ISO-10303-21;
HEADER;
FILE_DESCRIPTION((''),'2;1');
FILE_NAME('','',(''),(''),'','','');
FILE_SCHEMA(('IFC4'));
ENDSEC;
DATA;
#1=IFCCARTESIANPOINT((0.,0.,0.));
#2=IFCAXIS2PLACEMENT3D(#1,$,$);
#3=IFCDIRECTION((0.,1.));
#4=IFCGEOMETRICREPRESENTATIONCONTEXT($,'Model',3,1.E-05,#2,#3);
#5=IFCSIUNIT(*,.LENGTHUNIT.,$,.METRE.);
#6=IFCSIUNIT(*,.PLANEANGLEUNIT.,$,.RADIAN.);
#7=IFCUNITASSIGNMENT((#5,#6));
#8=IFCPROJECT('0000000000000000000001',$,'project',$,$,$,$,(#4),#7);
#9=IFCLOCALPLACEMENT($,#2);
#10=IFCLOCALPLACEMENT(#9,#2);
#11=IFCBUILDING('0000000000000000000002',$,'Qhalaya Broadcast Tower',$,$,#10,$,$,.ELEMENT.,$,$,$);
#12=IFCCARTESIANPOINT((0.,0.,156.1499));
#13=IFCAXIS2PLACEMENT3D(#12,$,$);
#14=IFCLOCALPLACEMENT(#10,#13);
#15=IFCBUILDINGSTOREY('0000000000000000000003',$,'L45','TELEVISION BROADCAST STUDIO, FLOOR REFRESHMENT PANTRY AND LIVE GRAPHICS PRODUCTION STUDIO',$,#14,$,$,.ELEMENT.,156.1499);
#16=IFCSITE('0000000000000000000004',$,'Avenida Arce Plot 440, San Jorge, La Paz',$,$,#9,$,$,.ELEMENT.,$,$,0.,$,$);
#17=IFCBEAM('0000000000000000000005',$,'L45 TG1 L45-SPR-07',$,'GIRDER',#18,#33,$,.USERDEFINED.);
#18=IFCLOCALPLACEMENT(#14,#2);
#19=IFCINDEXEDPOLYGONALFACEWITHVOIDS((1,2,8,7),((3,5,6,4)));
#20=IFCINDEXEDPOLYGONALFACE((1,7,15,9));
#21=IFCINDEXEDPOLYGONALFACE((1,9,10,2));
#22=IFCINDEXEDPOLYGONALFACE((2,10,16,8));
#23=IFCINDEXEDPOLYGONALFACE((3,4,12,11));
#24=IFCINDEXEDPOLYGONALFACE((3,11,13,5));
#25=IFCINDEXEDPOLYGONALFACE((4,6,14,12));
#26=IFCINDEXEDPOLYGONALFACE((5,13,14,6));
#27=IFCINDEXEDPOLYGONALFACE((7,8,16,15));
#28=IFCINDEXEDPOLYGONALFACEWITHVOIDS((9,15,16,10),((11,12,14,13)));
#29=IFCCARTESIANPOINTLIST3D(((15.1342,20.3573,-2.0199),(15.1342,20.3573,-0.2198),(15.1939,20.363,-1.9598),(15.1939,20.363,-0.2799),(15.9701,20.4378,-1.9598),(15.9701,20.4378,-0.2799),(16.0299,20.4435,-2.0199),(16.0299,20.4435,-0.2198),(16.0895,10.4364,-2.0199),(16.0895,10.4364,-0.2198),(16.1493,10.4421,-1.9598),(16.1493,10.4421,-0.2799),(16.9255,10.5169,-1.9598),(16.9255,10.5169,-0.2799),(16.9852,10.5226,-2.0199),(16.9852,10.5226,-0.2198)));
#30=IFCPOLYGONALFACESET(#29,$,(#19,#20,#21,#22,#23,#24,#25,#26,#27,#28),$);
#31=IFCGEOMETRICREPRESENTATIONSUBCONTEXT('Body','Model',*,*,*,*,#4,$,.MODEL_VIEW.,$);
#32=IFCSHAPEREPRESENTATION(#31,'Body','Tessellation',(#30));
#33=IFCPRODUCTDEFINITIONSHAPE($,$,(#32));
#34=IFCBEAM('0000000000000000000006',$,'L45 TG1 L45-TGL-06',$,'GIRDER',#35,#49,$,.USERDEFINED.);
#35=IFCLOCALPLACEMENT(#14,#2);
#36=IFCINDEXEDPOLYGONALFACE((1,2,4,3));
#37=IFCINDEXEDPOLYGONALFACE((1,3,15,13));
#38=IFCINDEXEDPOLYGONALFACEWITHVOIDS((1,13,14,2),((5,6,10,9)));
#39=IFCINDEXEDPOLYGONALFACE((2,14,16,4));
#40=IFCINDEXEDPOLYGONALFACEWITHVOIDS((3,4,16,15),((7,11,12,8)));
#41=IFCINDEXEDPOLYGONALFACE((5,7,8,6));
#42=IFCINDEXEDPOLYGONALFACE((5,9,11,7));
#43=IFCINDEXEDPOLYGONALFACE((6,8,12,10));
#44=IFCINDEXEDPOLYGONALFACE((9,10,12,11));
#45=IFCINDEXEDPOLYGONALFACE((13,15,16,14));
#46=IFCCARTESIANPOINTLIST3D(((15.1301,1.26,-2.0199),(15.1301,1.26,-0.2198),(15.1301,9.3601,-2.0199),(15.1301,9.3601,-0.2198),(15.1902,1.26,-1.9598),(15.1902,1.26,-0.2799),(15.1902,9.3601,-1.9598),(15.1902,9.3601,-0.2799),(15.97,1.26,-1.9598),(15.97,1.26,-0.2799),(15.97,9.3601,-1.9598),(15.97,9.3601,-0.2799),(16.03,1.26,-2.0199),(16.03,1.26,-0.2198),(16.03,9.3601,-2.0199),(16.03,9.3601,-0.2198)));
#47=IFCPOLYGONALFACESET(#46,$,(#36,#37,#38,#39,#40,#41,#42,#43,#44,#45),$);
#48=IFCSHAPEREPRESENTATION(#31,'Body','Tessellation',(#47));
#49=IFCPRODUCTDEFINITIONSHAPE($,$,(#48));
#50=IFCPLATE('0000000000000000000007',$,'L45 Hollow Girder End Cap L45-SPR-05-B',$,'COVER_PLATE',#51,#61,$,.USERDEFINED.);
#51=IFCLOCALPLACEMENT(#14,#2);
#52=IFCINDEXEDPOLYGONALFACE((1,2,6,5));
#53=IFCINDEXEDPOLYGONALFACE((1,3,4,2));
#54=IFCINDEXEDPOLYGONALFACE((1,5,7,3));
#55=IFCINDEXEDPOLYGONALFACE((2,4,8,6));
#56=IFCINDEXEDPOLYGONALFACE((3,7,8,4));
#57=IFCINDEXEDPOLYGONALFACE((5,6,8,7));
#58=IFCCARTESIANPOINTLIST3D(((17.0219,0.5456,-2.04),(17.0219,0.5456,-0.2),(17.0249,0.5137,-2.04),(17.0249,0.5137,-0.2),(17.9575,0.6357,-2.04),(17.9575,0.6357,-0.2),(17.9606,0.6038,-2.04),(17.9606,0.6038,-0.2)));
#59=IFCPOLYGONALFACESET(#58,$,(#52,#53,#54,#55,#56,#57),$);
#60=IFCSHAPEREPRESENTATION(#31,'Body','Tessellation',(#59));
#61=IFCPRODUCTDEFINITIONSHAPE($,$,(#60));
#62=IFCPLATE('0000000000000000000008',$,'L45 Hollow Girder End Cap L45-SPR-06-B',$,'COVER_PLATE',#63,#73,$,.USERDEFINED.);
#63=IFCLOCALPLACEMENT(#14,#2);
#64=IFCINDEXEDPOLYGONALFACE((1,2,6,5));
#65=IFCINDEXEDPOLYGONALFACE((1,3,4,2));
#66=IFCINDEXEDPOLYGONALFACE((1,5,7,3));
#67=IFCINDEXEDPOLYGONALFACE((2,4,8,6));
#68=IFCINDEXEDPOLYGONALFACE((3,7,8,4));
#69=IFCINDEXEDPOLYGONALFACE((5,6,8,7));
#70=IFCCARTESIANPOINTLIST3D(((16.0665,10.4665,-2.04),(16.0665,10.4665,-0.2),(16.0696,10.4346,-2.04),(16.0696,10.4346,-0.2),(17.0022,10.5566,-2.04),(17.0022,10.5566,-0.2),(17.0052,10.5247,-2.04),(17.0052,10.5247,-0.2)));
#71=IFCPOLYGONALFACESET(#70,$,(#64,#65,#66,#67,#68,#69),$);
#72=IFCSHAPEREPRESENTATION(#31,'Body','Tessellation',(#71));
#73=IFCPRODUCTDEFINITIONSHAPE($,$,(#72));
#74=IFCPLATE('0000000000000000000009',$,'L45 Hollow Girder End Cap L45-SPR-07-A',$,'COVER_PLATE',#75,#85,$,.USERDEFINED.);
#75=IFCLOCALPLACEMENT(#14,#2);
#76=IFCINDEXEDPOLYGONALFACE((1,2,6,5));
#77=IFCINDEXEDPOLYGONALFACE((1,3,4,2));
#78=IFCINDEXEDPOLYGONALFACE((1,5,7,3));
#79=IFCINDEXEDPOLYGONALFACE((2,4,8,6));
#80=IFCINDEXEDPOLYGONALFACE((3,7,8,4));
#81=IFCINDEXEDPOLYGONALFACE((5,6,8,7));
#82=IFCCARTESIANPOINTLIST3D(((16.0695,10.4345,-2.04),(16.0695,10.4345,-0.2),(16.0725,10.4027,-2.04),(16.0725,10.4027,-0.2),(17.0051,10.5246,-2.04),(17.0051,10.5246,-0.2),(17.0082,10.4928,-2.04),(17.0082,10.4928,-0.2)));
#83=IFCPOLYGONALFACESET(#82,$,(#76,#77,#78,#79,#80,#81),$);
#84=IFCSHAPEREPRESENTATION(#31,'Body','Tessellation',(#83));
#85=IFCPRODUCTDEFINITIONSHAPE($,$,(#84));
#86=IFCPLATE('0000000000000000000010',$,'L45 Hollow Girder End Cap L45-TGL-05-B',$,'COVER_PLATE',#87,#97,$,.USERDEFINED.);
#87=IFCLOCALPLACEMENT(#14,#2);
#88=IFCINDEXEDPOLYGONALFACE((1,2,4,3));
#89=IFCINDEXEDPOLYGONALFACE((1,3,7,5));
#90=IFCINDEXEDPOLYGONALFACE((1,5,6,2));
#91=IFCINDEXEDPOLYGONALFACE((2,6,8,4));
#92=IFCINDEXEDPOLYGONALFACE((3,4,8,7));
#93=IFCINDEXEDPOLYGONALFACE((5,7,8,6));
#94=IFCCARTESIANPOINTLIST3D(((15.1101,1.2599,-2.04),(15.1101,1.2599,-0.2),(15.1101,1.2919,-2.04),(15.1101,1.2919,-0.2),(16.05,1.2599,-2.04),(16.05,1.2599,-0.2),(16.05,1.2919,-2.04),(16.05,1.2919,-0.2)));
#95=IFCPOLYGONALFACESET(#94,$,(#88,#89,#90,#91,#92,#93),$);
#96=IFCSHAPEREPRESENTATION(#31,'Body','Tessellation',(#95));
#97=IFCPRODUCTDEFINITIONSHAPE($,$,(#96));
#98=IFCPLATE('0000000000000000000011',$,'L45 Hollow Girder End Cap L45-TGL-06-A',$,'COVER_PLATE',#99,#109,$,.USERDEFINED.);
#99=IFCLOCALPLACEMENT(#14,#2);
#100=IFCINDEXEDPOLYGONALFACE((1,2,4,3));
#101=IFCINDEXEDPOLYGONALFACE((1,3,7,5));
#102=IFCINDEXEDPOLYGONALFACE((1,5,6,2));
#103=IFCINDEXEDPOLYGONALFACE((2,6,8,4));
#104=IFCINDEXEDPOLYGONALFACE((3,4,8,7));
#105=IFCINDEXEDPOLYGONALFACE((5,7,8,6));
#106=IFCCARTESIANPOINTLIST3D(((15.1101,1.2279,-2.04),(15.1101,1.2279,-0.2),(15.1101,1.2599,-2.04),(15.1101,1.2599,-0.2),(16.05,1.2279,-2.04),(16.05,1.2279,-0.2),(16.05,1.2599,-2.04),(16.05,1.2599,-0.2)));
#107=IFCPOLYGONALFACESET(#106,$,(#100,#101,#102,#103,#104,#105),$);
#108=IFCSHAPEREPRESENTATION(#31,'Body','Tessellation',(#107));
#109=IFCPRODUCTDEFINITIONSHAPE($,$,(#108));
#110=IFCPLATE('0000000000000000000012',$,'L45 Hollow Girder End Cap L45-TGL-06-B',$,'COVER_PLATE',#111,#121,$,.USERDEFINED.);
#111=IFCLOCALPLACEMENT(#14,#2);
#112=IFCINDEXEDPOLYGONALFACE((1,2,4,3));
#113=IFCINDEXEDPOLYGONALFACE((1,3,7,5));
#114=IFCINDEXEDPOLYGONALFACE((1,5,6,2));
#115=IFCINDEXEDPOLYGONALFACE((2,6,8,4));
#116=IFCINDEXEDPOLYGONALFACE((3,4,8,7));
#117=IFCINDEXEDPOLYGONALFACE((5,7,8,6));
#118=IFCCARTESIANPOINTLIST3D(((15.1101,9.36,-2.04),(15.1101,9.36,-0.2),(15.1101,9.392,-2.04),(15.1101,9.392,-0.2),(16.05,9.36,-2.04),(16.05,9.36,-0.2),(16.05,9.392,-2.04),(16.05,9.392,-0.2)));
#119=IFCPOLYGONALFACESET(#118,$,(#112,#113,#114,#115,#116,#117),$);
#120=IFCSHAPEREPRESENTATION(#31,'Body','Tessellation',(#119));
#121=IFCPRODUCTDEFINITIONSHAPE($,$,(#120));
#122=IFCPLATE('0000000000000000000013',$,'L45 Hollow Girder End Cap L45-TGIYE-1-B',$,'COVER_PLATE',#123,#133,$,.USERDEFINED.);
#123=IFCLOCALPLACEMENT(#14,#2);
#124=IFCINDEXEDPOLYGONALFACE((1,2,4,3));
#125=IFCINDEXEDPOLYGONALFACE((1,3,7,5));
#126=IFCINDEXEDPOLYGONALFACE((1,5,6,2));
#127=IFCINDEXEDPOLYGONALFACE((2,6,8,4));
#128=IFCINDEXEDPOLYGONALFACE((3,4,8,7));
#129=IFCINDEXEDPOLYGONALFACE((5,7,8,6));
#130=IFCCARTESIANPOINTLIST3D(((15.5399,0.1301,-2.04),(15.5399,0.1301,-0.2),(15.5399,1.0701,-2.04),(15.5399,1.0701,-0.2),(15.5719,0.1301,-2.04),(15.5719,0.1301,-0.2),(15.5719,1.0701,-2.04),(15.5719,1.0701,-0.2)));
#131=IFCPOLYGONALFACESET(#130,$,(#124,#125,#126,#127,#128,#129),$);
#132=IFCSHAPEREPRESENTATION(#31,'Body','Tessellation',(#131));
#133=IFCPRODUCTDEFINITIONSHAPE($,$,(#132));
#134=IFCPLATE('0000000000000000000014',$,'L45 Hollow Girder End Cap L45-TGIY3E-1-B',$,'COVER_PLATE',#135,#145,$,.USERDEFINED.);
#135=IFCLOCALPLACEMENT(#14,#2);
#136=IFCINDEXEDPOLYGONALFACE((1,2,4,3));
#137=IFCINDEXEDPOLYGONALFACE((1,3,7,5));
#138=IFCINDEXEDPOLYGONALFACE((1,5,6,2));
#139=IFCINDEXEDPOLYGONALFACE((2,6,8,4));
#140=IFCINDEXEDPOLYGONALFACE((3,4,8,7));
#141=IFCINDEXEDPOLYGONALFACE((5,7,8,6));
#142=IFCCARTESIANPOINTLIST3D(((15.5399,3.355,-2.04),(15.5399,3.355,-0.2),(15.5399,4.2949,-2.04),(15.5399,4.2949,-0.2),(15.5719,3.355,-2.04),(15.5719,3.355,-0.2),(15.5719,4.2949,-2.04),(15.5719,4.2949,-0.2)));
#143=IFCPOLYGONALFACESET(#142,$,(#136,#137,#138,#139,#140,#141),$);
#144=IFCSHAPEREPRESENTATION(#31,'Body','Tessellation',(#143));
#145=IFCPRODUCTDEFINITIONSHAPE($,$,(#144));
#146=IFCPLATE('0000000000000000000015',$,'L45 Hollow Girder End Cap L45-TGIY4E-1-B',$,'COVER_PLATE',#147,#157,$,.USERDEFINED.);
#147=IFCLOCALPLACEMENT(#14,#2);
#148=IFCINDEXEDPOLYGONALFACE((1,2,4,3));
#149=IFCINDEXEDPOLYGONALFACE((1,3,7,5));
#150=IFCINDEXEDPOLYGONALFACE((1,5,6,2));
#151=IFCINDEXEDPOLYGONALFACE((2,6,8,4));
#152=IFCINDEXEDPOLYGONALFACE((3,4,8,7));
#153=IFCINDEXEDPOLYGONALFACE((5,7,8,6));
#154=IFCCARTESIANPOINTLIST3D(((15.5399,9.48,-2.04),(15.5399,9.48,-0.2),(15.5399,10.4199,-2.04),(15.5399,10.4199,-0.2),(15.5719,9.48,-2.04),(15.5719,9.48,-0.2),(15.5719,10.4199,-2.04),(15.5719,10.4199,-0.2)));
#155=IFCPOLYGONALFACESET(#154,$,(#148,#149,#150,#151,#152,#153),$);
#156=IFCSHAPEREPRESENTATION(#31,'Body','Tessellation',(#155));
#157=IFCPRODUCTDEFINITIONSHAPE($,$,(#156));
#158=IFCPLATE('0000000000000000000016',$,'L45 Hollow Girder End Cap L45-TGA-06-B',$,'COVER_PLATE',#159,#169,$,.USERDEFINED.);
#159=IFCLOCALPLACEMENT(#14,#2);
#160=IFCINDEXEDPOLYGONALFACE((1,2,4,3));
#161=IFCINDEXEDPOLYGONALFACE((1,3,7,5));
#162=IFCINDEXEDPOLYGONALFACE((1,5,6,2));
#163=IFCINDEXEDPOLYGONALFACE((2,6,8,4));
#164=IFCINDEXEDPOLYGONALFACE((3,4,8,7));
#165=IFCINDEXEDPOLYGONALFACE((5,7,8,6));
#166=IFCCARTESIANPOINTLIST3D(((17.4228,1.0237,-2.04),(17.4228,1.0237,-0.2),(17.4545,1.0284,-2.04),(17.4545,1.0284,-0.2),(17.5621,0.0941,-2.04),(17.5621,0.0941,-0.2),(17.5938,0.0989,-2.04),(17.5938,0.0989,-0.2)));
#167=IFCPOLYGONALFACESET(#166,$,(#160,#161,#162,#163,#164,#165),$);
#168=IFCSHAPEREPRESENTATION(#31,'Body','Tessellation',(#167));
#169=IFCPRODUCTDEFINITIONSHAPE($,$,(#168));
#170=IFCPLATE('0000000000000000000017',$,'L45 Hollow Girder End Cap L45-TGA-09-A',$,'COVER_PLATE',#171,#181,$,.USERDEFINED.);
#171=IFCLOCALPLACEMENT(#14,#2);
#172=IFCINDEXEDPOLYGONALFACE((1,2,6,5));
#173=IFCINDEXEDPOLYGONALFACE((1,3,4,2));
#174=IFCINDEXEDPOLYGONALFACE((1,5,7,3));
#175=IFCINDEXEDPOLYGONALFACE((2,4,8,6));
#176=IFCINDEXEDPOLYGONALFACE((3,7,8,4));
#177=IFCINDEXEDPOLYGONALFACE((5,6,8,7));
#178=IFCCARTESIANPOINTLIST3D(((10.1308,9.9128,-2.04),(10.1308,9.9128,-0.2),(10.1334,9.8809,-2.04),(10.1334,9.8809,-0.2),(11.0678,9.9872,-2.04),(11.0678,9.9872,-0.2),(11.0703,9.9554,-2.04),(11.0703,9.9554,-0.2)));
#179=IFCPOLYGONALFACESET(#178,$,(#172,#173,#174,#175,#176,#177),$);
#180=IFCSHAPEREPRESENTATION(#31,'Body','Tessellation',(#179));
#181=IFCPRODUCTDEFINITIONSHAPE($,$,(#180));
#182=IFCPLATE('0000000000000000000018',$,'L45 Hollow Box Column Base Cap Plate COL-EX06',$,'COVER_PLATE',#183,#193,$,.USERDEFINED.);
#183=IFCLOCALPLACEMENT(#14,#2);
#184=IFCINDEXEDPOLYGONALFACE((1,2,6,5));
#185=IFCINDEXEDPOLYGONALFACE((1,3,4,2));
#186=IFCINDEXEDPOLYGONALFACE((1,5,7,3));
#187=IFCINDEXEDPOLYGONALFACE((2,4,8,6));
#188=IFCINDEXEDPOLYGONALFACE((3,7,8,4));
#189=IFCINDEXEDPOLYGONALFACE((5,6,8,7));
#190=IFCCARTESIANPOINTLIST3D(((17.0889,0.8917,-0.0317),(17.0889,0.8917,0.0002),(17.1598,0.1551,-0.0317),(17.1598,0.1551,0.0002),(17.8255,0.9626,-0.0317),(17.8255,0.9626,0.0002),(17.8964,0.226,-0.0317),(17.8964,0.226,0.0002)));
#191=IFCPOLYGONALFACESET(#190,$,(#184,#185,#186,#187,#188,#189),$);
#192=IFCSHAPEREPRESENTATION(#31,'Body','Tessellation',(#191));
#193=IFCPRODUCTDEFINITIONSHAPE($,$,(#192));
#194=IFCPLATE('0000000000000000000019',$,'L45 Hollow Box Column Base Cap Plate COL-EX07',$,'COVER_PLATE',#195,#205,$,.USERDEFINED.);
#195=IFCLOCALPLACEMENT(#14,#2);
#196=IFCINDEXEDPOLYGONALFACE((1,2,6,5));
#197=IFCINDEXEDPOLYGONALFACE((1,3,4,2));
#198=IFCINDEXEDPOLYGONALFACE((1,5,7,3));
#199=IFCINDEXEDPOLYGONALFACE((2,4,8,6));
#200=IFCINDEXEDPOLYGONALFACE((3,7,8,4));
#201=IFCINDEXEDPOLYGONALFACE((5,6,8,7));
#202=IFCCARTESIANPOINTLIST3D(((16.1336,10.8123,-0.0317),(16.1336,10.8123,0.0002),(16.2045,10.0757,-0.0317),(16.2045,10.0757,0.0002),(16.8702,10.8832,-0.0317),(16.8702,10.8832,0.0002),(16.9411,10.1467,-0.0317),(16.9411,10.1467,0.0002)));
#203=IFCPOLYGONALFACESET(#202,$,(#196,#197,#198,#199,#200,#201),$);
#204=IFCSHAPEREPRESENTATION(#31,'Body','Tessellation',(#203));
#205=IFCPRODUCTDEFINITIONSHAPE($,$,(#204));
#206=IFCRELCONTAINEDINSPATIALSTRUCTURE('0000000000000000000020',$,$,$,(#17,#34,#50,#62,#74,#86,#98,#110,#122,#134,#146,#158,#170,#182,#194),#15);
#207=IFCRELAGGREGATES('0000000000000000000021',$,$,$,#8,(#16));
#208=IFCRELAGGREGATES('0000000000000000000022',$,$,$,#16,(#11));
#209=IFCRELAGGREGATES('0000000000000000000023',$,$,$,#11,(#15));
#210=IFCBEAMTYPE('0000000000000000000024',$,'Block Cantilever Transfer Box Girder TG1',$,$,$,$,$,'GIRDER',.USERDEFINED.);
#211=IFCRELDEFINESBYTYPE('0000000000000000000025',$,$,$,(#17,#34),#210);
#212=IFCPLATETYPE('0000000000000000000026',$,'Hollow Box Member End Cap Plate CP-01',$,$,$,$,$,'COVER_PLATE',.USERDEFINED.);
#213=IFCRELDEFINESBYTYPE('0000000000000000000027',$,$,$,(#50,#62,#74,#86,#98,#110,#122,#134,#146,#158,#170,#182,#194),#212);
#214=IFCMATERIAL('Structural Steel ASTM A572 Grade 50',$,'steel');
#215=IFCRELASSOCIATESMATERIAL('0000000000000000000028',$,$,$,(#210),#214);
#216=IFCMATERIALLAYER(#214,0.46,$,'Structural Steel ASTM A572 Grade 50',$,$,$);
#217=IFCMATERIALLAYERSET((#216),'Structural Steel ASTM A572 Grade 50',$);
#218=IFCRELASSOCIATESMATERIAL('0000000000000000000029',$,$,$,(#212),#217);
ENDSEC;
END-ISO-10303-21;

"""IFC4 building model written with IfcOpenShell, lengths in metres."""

from ifc_helpers import new_model, si_unit, direction, frame, origin, origin_2d, place, context, subcontext, project, spatial, rectangle, hollow_rectangle, extrude, material, layer, layer_set, material_profile, profile_set, type_object, element, save


model = new_model("IFC4")

# Units and contexts
model_context = context("Model", 3, precision=1e-05, world=origin(), true_north=direction((0.0, 1.0)))
body_context = subcontext(model_context, "Body", "Model", "MODEL_VIEW")
ifc_project = project(units=[si_unit("LENGTHUNIT", "METRE"), si_unit("PLANEANGLEUNIT", "RADIAN")], contexts=[model_context])

# Site, building, storey
site_placement = place(None, origin())
site = spatial("IfcSite", under=ifc_project, at=site_placement, Name="Avenida Arce Plot 440, San Jorge, La Paz", CompositionType="ELEMENT", RefElevation=0.0)
building_placement = place(site_placement, origin())
building = spatial("IfcBuilding", under=site, at=building_placement, Name="Qhalaya Broadcast Tower", CompositionType="ELEMENT")
storey_placement = place(building_placement, frame((0.0, 0.0, 156.1499)))
storey = spatial("IfcBuildingStorey", under=building, at=storey_placement, Name="L45", Description="TELEVISION BROADCAST STUDIO, FLOOR REFRESHMENT PANTRY AND LIVE GRAPHICS PRODUCTION STUDIO", CompositionType="ELEMENT", Elevation=156.1499)

# Beams
ifc_material_1 = material(Name="Structural Steel ASTM A572 Grade 50", Category="steel")
ifc_material_profile = material_profile(ifc_material_1, hollow_rectangle(XDim=0.8999, YDim=1.8, WallThickness=0.0601, at=origin_2d()), Name="BOX 900x1800x60")
ifc_profile_set = profile_set([ifc_material_profile], Name="Structural Steel ASTM A572 Grade 50")
beam_type = type_object("IfcBeamType", Name="Block Cantilever Transfer Box Girder TG1", ElementType="GIRDER", PredefinedType="USERDEFINED", material=ifc_profile_set)
beam_1_placement = place(storey_placement, frame((16.5374, 10.4795, -1.1199), z_axis=(-0.095851, 0.995396, 0.0), x_axis=(-0.995396, -0.095851, 0.0)))
element("IfcBeam", 1, at=beam_1_placement, inside=storey, type_object=beam_type, Name="L45 TG1 L45-SPR-07", ObjectType="GIRDER", PredefinedType="USERDEFINED", context=body_context, shape_type="SweptSolid", body=[
    extrude(hollow_rectangle(XDim=0.8999, YDim=1.8, WallThickness=0.0601, at=origin_2d()), origin(), (0.0, 0.0, 1.0), 9.9668),
])
beam_2_placement = place(storey_placement, frame((15.5801, 1.26, -1.1199), z_axis=(0.0, 1.0, 0.0), x_axis=(-1.0, 0.0, 0.0)))
element("IfcBeam", 2, at=beam_2_placement, inside=storey, type_object=beam_type, Name="L45 TG1 L45-TGL-06", ObjectType="GIRDER", PredefinedType="USERDEFINED", context=body_context, shape_type="SweptSolid", body=[
    extrude(hollow_rectangle(XDim=0.8999, YDim=1.8, WallThickness=0.0601, at=origin_2d()), origin(), (0.0, 0.0, 1.0), 8.1001),
])

# Plates
ifc_layer_1 = layer(ifc_material_1, 0.46, Name="Structural Steel ASTM A572 Grade 50")
ifc_layer_set_1 = layer_set([ifc_layer_1], Name="Structural Steel ASTM A572 Grade 50")
plate_type = type_object("IfcPlateType", Name="Hollow Box Member End Cap Plate CP-01", ElementType="COVER_PLATE", PredefinedType="USERDEFINED", material=ifc_layer_set_1)
for number, where, z_axis, x_axis, name in (
    (3, (17.4912, 0.5747, -2.04), (0.0, 0.0, 1.0), (-0.995396, -0.095846, 0.0), "L45 Hollow Girder End Cap L45-SPR-05-B"),
    (4, (16.5359, 10.4956, -2.04), (0.0, 0.0, 1.0), (-0.995396, -0.095846, 0.0), "L45 Hollow Girder End Cap L45-SPR-06-B"),
    (5, (16.5388, 10.4636, -2.04), (0.0, 0.0, 1.0), (-0.995396, -0.095846, 0.0), "L45 Hollow Girder End Cap L45-SPR-07-A"),
    (6, (15.5801, 1.2759, -2.04), (0.0, 0.0, 1.0), (-1.0, 0.0, 0.0), "L45 Hollow Girder End Cap L45-TGL-05-B"),
    (7, (15.5801, 1.2439, -2.04), (0.0, 0.0, 1.0), (-1.0, 0.0, 0.0), "L45 Hollow Girder End Cap L45-TGL-06-A"),
    (8, (15.5801, 9.376, -2.04), (0.0, 0.0, 1.0), (-1.0, 0.0, 0.0), "L45 Hollow Girder End Cap L45-TGL-06-B"),
    (9, (15.5559, 0.6001, -2.04), (0.0, 0.0, 1.0), (0.0, 1.0, 0.0), "L45 Hollow Girder End Cap L45-TGIYE-1-B"),
    (10, (15.5559, 3.825, -2.04), (0.0, 0.0, 1.0), (0.0, 1.0, 0.0), "L45 Hollow Girder End Cap L45-TGIY3E-1-B"),
    (11, (15.5559, 9.95, -2.04), (0.0, 0.0, 1.0), (0.0, 1.0, 0.0), "L45 Hollow Girder End Cap L45-TGIY4E-1-B"),
    (12, (17.5083, 0.5613, -2.04), (0.0, 0.0, 1.0), (-0.148189, 0.988959, 0.0), "L45 Hollow Girder End Cap L45-TGA-06-B"),
    (13, (10.6006, 9.9341, -2.04), (0.0, 0.0, 1.0), (-0.99686, -0.07919, 0.0), "L45 Hollow Girder End Cap L45-TGA-09-A"),
):
    element("IfcPlate", number, at=place(storey_placement, frame(where, z_axis=z_axis, x_axis=x_axis)), inside=storey, type_object=plate_type, Name=name, ObjectType="COVER_PLATE", PredefinedType="USERDEFINED", context=body_context, shape_type="SweptSolid", body=[
        extrude(rectangle(XDim=0.9399, YDim=0.032, at=origin_2d()), origin(), (0.0, 0.0, 1.0), 1.8401),
    ])
for number, where, z_axis, x_axis, name in (
    (14, (17.4927, 0.5588, -0.0317), (0.0, 0.0, 1.0), (-0.095846, 0.995396, 0.0), "L45 Hollow Box Column Base Cap Plate COL-EX06"),
    (15, (16.5374, 10.4795, -0.0317), (0.0, 0.0, 1.0), (-0.095846, 0.995396, 0.0), "L45 Hollow Box Column Base Cap Plate COL-EX07"),
):
    element("IfcPlate", number, at=place(storey_placement, frame(where, z_axis=z_axis, x_axis=x_axis)), inside=storey, type_object=plate_type, Name=name, ObjectType="COVER_PLATE", PredefinedType="USERDEFINED", context=body_context, shape_type="SweptSolid", body=[
        extrude(rectangle(XDim=0.74, YDim=0.74, at=origin_2d()), origin(), (0.0, 0.0, 1.0), 0.032),
    ])

save(model, "model.ifc")
